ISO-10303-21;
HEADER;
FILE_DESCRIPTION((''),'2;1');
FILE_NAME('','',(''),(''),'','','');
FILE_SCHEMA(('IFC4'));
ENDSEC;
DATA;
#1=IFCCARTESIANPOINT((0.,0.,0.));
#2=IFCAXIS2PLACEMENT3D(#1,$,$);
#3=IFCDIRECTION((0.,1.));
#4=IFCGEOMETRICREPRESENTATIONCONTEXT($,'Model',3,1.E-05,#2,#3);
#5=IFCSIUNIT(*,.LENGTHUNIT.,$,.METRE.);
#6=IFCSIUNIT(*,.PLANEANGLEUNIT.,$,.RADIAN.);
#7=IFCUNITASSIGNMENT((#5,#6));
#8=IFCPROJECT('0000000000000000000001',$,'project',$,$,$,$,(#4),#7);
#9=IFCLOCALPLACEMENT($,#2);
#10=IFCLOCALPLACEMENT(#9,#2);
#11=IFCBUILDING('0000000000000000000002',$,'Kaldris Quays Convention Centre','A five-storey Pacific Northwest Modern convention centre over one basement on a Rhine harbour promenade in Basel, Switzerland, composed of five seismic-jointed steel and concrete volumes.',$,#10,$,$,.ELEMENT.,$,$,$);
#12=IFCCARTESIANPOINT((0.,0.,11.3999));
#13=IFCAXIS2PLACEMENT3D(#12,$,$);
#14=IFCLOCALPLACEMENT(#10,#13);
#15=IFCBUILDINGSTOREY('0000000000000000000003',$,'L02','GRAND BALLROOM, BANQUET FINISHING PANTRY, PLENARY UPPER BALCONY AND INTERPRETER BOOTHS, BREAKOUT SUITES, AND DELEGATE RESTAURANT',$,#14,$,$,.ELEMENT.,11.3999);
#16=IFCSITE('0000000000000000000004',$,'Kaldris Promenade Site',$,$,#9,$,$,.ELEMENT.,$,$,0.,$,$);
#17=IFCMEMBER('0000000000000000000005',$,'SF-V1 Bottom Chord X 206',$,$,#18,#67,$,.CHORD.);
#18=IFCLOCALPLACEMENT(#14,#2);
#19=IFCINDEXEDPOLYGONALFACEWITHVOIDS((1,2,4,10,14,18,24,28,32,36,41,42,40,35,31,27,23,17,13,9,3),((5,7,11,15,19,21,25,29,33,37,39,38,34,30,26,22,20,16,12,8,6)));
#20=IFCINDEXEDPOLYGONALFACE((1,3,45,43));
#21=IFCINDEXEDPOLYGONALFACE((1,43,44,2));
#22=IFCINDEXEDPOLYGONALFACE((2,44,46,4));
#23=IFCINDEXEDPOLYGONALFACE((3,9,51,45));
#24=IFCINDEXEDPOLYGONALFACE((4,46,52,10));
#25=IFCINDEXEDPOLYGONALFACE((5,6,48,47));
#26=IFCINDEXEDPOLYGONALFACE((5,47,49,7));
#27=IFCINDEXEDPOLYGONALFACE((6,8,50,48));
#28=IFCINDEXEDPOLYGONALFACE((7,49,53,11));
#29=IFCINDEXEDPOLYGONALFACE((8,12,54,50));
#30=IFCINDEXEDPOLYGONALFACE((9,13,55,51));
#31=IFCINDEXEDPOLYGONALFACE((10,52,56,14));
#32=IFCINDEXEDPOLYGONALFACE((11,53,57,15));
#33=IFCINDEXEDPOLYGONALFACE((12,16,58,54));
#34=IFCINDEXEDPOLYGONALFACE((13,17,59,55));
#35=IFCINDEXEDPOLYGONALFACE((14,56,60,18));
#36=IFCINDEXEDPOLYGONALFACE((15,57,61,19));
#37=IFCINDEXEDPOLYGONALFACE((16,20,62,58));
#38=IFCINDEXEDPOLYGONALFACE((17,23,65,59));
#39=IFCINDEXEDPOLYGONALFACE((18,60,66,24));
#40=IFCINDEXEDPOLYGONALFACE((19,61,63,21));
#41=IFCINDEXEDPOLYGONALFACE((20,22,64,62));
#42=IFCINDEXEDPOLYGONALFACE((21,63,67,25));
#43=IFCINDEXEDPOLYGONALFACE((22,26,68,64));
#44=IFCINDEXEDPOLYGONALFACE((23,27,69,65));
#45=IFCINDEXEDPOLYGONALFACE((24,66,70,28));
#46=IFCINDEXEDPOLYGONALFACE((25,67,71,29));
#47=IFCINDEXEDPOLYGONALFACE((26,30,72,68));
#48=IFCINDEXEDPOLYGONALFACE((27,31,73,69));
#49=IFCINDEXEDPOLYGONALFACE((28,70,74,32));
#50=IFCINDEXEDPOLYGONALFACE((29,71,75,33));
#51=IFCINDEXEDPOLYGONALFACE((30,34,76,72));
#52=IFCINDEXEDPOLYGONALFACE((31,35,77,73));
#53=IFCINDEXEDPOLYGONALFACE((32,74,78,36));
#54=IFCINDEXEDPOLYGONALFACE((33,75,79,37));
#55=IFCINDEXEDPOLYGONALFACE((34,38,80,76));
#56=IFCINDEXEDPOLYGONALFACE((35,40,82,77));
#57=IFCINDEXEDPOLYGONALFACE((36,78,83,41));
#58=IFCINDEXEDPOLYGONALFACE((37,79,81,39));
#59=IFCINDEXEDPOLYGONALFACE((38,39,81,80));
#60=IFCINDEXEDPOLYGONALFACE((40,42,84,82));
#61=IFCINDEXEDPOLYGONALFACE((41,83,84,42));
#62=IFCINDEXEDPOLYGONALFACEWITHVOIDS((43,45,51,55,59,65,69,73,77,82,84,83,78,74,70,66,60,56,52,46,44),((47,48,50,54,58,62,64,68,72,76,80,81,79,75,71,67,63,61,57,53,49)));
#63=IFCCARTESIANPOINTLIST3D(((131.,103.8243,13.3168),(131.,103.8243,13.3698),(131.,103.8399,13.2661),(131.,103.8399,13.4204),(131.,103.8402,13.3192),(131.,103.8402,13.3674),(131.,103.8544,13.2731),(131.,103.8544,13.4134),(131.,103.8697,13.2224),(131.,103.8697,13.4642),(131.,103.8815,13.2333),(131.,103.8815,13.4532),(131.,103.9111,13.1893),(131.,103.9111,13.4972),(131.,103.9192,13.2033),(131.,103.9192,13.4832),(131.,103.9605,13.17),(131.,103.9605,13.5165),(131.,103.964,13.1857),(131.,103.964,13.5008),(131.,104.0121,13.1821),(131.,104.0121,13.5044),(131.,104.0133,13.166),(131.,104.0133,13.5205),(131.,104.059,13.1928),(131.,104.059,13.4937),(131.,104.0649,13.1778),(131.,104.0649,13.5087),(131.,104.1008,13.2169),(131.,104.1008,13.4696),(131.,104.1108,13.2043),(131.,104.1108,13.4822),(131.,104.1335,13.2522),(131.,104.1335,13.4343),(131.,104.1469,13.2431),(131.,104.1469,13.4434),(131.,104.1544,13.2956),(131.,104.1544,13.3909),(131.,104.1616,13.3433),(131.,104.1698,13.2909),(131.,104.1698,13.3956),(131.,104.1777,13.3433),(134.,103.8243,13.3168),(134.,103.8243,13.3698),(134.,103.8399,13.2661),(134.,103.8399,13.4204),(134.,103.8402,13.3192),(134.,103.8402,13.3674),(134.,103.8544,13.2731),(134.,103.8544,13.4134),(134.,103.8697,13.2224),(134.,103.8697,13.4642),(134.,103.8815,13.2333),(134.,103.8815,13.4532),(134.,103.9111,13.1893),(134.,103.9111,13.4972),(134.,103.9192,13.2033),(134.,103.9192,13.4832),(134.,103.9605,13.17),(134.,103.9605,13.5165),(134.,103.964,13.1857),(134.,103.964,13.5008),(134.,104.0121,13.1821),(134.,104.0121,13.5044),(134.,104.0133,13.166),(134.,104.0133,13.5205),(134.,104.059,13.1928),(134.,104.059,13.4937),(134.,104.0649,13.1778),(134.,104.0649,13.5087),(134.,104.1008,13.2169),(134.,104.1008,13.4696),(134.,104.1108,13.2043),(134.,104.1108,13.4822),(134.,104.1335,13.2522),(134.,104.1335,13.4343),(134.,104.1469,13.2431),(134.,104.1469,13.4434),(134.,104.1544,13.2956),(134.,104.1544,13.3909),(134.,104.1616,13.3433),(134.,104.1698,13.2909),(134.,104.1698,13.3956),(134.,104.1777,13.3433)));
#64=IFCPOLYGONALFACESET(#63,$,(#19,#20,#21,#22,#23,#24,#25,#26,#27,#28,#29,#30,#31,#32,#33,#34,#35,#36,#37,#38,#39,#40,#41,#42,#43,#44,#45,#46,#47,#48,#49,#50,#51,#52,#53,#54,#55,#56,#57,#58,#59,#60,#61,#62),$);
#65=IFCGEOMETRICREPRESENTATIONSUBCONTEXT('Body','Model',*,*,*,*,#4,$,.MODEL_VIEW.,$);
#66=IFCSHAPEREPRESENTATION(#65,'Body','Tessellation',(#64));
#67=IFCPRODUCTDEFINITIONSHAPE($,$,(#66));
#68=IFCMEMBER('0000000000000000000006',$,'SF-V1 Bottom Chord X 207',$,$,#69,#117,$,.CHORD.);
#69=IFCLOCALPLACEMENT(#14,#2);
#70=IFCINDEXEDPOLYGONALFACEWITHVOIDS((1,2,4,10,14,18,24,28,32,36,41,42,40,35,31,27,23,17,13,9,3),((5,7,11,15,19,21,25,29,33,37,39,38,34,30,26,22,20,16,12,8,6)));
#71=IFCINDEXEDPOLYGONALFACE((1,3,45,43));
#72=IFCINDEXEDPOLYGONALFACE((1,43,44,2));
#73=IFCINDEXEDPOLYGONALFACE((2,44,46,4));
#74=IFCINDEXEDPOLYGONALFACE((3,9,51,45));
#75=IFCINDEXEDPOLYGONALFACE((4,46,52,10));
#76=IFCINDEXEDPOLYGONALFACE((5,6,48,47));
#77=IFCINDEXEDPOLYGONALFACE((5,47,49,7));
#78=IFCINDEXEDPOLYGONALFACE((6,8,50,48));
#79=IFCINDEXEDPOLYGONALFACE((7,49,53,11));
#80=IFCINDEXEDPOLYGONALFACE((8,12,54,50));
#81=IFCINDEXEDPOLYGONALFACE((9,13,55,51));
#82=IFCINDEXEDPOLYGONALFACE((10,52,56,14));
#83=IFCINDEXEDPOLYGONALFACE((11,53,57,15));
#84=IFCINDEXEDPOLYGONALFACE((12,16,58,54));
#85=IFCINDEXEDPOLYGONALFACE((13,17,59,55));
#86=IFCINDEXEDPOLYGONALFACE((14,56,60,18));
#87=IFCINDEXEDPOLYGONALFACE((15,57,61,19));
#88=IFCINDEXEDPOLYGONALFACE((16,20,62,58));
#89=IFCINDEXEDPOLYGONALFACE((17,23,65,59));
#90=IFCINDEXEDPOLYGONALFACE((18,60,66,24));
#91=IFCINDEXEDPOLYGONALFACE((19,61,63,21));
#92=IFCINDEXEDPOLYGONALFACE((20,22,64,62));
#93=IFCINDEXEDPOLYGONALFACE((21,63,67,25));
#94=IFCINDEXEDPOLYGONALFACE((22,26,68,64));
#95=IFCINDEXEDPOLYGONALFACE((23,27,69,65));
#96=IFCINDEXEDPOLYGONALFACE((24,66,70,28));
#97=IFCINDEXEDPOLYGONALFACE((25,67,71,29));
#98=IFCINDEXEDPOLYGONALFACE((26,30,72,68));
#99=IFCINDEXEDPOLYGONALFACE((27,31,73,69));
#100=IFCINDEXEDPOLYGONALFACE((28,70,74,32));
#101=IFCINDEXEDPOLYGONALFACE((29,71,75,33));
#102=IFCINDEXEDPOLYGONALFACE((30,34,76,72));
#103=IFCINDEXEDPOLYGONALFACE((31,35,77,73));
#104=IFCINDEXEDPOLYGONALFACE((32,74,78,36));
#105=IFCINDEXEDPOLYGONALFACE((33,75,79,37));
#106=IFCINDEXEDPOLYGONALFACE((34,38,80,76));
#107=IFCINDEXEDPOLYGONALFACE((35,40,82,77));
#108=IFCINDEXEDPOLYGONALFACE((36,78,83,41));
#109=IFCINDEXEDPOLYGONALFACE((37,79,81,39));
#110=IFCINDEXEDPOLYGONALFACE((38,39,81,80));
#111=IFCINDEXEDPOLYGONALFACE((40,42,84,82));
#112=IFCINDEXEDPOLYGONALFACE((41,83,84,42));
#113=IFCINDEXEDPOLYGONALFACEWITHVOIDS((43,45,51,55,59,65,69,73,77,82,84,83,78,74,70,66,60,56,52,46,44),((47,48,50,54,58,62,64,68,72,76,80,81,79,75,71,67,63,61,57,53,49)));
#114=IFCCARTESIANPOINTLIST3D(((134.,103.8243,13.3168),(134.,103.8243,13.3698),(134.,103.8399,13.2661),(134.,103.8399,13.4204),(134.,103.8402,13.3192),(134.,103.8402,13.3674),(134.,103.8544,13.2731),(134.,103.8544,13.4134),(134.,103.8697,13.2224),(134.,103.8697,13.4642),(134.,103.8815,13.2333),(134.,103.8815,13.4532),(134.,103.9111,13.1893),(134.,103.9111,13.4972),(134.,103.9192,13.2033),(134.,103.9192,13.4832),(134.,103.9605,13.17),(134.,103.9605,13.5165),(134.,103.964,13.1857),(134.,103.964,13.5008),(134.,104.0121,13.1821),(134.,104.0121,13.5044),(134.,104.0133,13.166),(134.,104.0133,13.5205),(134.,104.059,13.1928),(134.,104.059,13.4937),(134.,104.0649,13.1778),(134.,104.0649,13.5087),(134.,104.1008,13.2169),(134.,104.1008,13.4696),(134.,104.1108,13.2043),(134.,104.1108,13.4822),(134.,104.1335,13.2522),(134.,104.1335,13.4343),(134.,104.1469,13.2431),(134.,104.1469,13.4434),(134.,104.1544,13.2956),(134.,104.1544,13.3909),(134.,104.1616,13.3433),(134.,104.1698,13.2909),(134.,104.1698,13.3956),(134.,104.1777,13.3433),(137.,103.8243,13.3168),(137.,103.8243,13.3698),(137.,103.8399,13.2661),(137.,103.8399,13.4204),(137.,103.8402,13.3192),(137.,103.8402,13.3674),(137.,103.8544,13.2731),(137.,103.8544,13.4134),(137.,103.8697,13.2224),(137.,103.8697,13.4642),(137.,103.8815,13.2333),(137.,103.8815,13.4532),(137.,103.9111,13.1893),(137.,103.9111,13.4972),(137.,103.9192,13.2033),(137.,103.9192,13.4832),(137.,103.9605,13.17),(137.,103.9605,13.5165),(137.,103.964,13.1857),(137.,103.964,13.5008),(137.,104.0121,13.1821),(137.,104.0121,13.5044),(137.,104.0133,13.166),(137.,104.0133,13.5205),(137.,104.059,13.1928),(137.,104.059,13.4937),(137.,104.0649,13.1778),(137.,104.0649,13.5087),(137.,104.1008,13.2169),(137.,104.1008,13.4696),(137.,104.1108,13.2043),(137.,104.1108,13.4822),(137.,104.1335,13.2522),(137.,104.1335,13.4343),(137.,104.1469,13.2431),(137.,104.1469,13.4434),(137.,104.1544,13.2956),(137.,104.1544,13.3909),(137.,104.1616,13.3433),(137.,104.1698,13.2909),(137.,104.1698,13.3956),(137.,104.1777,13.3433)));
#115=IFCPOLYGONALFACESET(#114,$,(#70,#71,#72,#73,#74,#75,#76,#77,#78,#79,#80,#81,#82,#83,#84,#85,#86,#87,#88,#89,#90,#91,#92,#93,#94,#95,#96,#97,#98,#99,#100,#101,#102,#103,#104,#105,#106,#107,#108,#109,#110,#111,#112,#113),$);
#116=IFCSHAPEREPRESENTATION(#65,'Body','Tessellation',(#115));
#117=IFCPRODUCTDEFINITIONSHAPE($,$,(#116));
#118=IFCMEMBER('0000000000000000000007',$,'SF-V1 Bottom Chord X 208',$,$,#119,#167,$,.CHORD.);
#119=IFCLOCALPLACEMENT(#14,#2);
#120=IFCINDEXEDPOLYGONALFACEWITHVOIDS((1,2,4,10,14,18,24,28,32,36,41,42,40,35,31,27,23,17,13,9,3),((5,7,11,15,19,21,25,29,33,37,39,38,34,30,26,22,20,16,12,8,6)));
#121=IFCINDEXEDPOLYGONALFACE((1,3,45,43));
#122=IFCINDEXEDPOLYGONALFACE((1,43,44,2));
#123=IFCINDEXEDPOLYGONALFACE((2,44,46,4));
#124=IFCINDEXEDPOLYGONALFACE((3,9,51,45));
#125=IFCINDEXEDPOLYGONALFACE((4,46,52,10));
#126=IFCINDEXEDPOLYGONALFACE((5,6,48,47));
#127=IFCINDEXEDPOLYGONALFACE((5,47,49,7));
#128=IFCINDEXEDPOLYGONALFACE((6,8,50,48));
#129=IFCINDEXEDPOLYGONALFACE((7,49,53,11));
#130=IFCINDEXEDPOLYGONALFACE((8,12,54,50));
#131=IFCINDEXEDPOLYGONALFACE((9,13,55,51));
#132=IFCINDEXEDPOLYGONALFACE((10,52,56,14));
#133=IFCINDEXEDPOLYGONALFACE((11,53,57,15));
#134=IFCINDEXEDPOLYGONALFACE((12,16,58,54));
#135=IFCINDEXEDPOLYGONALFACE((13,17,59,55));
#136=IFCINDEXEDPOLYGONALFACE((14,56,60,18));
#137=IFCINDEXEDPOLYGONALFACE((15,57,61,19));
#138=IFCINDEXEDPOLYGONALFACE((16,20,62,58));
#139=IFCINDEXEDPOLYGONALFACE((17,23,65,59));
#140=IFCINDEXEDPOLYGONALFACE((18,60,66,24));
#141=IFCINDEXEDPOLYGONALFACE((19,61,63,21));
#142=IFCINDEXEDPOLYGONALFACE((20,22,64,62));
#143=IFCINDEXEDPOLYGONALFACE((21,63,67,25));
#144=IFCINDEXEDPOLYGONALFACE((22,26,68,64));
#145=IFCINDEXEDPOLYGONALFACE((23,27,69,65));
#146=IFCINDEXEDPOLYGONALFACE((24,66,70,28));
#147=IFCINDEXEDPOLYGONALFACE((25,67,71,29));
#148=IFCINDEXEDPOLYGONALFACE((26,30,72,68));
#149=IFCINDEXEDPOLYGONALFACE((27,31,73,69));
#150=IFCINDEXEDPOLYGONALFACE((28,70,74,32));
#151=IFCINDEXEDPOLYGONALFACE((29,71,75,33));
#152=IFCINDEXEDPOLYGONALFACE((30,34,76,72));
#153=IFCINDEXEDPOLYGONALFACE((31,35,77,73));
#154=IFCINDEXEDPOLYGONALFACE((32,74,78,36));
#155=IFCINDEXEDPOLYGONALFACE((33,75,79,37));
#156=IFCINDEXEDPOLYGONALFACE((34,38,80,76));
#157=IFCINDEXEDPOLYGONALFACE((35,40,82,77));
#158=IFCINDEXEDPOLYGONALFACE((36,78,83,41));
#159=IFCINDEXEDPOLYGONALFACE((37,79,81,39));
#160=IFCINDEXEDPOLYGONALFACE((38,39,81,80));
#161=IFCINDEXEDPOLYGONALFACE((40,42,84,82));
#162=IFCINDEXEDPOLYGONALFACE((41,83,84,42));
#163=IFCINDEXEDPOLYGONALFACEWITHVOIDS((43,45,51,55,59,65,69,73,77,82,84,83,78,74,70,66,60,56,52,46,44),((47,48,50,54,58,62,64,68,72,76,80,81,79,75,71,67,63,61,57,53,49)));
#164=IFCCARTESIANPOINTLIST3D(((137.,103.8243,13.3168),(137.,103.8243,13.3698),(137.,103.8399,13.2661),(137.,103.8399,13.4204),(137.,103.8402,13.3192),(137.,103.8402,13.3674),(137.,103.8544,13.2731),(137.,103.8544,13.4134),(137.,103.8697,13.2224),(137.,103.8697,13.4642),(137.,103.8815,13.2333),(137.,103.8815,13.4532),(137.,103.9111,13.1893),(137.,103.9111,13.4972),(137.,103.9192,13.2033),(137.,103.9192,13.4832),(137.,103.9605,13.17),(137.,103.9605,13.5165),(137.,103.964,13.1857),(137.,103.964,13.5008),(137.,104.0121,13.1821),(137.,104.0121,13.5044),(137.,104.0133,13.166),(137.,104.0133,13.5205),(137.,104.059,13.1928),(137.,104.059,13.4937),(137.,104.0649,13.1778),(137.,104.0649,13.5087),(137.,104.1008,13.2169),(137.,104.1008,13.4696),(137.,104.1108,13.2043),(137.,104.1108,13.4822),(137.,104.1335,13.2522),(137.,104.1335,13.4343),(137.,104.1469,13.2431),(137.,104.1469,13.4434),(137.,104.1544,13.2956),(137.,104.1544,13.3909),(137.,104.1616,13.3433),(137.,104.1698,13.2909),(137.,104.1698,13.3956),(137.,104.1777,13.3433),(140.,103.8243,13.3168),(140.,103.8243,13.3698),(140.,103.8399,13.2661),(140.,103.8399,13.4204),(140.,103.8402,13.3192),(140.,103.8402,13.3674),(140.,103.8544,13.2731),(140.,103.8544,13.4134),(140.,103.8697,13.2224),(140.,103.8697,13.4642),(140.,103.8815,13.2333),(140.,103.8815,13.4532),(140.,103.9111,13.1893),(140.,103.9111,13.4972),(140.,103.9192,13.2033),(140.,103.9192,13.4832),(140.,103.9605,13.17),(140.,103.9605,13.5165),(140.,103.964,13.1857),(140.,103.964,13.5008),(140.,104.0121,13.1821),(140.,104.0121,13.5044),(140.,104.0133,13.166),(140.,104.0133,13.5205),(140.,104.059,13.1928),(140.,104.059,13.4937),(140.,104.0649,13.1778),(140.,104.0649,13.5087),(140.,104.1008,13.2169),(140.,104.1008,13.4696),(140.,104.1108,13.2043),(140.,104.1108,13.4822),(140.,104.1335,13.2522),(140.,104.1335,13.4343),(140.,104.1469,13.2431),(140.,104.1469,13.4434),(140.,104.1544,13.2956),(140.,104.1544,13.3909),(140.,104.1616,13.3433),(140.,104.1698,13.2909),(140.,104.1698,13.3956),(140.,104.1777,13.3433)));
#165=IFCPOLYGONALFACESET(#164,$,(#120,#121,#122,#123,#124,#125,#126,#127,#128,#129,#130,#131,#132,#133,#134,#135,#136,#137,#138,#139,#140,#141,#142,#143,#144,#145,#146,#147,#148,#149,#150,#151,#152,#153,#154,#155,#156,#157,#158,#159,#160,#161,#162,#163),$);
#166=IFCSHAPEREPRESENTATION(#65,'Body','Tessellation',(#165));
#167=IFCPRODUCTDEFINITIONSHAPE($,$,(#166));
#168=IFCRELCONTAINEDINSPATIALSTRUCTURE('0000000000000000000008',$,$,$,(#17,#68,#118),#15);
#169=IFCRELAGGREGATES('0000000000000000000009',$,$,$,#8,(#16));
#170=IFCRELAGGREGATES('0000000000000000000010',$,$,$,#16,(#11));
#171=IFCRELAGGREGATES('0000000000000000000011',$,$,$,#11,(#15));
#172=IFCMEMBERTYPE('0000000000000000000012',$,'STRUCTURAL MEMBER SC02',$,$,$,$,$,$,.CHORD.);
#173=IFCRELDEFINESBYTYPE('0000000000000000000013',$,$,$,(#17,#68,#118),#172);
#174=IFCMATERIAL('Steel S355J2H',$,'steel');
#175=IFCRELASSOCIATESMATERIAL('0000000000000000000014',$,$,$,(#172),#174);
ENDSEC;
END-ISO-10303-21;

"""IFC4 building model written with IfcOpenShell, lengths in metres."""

from ifc_helpers import new_model, si_unit, direction, frame, origin, origin_2d, place, context, subcontext, project, spatial, hollow_circle, extrude, material, material_profile, profile_set, type_object, element, save


model = new_model("IFC4")

# Units and contexts
model_context = context("Model", 3, precision=1e-05, world=origin(), true_north=direction((0.0, 1.0)))
body_context = subcontext(model_context, "Body", "Model", "MODEL_VIEW")
ifc_project = project(units=[si_unit("LENGTHUNIT", "METRE"), si_unit("PLANEANGLEUNIT", "RADIAN")], contexts=[model_context])

# Site, building, storey
site_placement = place(None, origin())
site = spatial("IfcSite", under=ifc_project, at=site_placement, Name="Kaldris Promenade Site", CompositionType="ELEMENT", RefElevation=0.0)
building_placement = place(site_placement, origin())
building = spatial("IfcBuilding", under=site, at=building_placement, Name="Kaldris Quays Convention Centre", Description="A five-storey Pacific Northwest Modern convention centre over one basement on a Rhine harbour promenade in Basel, Switzerland, composed of five seismic-jointed steel and concrete volumes.", CompositionType="ELEMENT")
storey_placement = place(building_placement, frame((0.0, 0.0, 11.3999)))
storey = spatial("IfcBuildingStorey", under=building, at=storey_placement, Name="L02", Description="GRAND BALLROOM, BANQUET FINISHING PANTRY, PLENARY UPPER BALCONY AND INTERPRETER BOOTHS, BREAKOUT SUITES, AND DELEGATE RESTAURANT", CompositionType="ELEMENT", Elevation=11.3999)

# Members
ifc_material_1 = material(Name="Steel S355J2H", Category="steel")
ifc_material_profile_1 = material_profile(ifc_material_1, hollow_circle(Radius=0.1777, WallThickness=0.0161, at=origin_2d()), Name="CHS 355.6x16")
ifc_profile_set_1 = profile_set([ifc_material_profile_1], Name="Steel S355J2H")
member_type_1 = type_object("IfcMemberType", Name="STRUCTURAL MEMBER SC02", PredefinedType="CHORD", material=ifc_profile_set_1)
for number, where, z_axis, x_axis, name in (
    (1, (131.0, 104.0, 13.3433), (1.0, 0.0, 0.0), (0.0, 1.0, 0.0), "SF-V1 Bottom Chord X 206"),
    (2, (134.0, 104.0, 13.3433), (1.0, 0.0, 0.0), (0.0, 1.0, 0.0), "SF-V1 Bottom Chord X 207"),
    (3, (137.0, 104.0, 13.3433), (1.0, 0.0, 0.0), (0.0, 1.0, 0.0), "SF-V1 Bottom Chord X 208"),
):
    element("IfcMember", number, at=place(storey_placement, frame(where, z_axis=z_axis, x_axis=x_axis)), inside=storey, type_object=member_type_1, Name=name, PredefinedType="CHORD", context=body_context, shape_type="SweptSolid", body=[
        extrude(hollow_circle(Radius=0.1777, WallThickness=0.0161, at=origin_2d()), origin(), (0.0, 0.0, 1.0), 3.0),
    ])

save(model, "model.ifc")
